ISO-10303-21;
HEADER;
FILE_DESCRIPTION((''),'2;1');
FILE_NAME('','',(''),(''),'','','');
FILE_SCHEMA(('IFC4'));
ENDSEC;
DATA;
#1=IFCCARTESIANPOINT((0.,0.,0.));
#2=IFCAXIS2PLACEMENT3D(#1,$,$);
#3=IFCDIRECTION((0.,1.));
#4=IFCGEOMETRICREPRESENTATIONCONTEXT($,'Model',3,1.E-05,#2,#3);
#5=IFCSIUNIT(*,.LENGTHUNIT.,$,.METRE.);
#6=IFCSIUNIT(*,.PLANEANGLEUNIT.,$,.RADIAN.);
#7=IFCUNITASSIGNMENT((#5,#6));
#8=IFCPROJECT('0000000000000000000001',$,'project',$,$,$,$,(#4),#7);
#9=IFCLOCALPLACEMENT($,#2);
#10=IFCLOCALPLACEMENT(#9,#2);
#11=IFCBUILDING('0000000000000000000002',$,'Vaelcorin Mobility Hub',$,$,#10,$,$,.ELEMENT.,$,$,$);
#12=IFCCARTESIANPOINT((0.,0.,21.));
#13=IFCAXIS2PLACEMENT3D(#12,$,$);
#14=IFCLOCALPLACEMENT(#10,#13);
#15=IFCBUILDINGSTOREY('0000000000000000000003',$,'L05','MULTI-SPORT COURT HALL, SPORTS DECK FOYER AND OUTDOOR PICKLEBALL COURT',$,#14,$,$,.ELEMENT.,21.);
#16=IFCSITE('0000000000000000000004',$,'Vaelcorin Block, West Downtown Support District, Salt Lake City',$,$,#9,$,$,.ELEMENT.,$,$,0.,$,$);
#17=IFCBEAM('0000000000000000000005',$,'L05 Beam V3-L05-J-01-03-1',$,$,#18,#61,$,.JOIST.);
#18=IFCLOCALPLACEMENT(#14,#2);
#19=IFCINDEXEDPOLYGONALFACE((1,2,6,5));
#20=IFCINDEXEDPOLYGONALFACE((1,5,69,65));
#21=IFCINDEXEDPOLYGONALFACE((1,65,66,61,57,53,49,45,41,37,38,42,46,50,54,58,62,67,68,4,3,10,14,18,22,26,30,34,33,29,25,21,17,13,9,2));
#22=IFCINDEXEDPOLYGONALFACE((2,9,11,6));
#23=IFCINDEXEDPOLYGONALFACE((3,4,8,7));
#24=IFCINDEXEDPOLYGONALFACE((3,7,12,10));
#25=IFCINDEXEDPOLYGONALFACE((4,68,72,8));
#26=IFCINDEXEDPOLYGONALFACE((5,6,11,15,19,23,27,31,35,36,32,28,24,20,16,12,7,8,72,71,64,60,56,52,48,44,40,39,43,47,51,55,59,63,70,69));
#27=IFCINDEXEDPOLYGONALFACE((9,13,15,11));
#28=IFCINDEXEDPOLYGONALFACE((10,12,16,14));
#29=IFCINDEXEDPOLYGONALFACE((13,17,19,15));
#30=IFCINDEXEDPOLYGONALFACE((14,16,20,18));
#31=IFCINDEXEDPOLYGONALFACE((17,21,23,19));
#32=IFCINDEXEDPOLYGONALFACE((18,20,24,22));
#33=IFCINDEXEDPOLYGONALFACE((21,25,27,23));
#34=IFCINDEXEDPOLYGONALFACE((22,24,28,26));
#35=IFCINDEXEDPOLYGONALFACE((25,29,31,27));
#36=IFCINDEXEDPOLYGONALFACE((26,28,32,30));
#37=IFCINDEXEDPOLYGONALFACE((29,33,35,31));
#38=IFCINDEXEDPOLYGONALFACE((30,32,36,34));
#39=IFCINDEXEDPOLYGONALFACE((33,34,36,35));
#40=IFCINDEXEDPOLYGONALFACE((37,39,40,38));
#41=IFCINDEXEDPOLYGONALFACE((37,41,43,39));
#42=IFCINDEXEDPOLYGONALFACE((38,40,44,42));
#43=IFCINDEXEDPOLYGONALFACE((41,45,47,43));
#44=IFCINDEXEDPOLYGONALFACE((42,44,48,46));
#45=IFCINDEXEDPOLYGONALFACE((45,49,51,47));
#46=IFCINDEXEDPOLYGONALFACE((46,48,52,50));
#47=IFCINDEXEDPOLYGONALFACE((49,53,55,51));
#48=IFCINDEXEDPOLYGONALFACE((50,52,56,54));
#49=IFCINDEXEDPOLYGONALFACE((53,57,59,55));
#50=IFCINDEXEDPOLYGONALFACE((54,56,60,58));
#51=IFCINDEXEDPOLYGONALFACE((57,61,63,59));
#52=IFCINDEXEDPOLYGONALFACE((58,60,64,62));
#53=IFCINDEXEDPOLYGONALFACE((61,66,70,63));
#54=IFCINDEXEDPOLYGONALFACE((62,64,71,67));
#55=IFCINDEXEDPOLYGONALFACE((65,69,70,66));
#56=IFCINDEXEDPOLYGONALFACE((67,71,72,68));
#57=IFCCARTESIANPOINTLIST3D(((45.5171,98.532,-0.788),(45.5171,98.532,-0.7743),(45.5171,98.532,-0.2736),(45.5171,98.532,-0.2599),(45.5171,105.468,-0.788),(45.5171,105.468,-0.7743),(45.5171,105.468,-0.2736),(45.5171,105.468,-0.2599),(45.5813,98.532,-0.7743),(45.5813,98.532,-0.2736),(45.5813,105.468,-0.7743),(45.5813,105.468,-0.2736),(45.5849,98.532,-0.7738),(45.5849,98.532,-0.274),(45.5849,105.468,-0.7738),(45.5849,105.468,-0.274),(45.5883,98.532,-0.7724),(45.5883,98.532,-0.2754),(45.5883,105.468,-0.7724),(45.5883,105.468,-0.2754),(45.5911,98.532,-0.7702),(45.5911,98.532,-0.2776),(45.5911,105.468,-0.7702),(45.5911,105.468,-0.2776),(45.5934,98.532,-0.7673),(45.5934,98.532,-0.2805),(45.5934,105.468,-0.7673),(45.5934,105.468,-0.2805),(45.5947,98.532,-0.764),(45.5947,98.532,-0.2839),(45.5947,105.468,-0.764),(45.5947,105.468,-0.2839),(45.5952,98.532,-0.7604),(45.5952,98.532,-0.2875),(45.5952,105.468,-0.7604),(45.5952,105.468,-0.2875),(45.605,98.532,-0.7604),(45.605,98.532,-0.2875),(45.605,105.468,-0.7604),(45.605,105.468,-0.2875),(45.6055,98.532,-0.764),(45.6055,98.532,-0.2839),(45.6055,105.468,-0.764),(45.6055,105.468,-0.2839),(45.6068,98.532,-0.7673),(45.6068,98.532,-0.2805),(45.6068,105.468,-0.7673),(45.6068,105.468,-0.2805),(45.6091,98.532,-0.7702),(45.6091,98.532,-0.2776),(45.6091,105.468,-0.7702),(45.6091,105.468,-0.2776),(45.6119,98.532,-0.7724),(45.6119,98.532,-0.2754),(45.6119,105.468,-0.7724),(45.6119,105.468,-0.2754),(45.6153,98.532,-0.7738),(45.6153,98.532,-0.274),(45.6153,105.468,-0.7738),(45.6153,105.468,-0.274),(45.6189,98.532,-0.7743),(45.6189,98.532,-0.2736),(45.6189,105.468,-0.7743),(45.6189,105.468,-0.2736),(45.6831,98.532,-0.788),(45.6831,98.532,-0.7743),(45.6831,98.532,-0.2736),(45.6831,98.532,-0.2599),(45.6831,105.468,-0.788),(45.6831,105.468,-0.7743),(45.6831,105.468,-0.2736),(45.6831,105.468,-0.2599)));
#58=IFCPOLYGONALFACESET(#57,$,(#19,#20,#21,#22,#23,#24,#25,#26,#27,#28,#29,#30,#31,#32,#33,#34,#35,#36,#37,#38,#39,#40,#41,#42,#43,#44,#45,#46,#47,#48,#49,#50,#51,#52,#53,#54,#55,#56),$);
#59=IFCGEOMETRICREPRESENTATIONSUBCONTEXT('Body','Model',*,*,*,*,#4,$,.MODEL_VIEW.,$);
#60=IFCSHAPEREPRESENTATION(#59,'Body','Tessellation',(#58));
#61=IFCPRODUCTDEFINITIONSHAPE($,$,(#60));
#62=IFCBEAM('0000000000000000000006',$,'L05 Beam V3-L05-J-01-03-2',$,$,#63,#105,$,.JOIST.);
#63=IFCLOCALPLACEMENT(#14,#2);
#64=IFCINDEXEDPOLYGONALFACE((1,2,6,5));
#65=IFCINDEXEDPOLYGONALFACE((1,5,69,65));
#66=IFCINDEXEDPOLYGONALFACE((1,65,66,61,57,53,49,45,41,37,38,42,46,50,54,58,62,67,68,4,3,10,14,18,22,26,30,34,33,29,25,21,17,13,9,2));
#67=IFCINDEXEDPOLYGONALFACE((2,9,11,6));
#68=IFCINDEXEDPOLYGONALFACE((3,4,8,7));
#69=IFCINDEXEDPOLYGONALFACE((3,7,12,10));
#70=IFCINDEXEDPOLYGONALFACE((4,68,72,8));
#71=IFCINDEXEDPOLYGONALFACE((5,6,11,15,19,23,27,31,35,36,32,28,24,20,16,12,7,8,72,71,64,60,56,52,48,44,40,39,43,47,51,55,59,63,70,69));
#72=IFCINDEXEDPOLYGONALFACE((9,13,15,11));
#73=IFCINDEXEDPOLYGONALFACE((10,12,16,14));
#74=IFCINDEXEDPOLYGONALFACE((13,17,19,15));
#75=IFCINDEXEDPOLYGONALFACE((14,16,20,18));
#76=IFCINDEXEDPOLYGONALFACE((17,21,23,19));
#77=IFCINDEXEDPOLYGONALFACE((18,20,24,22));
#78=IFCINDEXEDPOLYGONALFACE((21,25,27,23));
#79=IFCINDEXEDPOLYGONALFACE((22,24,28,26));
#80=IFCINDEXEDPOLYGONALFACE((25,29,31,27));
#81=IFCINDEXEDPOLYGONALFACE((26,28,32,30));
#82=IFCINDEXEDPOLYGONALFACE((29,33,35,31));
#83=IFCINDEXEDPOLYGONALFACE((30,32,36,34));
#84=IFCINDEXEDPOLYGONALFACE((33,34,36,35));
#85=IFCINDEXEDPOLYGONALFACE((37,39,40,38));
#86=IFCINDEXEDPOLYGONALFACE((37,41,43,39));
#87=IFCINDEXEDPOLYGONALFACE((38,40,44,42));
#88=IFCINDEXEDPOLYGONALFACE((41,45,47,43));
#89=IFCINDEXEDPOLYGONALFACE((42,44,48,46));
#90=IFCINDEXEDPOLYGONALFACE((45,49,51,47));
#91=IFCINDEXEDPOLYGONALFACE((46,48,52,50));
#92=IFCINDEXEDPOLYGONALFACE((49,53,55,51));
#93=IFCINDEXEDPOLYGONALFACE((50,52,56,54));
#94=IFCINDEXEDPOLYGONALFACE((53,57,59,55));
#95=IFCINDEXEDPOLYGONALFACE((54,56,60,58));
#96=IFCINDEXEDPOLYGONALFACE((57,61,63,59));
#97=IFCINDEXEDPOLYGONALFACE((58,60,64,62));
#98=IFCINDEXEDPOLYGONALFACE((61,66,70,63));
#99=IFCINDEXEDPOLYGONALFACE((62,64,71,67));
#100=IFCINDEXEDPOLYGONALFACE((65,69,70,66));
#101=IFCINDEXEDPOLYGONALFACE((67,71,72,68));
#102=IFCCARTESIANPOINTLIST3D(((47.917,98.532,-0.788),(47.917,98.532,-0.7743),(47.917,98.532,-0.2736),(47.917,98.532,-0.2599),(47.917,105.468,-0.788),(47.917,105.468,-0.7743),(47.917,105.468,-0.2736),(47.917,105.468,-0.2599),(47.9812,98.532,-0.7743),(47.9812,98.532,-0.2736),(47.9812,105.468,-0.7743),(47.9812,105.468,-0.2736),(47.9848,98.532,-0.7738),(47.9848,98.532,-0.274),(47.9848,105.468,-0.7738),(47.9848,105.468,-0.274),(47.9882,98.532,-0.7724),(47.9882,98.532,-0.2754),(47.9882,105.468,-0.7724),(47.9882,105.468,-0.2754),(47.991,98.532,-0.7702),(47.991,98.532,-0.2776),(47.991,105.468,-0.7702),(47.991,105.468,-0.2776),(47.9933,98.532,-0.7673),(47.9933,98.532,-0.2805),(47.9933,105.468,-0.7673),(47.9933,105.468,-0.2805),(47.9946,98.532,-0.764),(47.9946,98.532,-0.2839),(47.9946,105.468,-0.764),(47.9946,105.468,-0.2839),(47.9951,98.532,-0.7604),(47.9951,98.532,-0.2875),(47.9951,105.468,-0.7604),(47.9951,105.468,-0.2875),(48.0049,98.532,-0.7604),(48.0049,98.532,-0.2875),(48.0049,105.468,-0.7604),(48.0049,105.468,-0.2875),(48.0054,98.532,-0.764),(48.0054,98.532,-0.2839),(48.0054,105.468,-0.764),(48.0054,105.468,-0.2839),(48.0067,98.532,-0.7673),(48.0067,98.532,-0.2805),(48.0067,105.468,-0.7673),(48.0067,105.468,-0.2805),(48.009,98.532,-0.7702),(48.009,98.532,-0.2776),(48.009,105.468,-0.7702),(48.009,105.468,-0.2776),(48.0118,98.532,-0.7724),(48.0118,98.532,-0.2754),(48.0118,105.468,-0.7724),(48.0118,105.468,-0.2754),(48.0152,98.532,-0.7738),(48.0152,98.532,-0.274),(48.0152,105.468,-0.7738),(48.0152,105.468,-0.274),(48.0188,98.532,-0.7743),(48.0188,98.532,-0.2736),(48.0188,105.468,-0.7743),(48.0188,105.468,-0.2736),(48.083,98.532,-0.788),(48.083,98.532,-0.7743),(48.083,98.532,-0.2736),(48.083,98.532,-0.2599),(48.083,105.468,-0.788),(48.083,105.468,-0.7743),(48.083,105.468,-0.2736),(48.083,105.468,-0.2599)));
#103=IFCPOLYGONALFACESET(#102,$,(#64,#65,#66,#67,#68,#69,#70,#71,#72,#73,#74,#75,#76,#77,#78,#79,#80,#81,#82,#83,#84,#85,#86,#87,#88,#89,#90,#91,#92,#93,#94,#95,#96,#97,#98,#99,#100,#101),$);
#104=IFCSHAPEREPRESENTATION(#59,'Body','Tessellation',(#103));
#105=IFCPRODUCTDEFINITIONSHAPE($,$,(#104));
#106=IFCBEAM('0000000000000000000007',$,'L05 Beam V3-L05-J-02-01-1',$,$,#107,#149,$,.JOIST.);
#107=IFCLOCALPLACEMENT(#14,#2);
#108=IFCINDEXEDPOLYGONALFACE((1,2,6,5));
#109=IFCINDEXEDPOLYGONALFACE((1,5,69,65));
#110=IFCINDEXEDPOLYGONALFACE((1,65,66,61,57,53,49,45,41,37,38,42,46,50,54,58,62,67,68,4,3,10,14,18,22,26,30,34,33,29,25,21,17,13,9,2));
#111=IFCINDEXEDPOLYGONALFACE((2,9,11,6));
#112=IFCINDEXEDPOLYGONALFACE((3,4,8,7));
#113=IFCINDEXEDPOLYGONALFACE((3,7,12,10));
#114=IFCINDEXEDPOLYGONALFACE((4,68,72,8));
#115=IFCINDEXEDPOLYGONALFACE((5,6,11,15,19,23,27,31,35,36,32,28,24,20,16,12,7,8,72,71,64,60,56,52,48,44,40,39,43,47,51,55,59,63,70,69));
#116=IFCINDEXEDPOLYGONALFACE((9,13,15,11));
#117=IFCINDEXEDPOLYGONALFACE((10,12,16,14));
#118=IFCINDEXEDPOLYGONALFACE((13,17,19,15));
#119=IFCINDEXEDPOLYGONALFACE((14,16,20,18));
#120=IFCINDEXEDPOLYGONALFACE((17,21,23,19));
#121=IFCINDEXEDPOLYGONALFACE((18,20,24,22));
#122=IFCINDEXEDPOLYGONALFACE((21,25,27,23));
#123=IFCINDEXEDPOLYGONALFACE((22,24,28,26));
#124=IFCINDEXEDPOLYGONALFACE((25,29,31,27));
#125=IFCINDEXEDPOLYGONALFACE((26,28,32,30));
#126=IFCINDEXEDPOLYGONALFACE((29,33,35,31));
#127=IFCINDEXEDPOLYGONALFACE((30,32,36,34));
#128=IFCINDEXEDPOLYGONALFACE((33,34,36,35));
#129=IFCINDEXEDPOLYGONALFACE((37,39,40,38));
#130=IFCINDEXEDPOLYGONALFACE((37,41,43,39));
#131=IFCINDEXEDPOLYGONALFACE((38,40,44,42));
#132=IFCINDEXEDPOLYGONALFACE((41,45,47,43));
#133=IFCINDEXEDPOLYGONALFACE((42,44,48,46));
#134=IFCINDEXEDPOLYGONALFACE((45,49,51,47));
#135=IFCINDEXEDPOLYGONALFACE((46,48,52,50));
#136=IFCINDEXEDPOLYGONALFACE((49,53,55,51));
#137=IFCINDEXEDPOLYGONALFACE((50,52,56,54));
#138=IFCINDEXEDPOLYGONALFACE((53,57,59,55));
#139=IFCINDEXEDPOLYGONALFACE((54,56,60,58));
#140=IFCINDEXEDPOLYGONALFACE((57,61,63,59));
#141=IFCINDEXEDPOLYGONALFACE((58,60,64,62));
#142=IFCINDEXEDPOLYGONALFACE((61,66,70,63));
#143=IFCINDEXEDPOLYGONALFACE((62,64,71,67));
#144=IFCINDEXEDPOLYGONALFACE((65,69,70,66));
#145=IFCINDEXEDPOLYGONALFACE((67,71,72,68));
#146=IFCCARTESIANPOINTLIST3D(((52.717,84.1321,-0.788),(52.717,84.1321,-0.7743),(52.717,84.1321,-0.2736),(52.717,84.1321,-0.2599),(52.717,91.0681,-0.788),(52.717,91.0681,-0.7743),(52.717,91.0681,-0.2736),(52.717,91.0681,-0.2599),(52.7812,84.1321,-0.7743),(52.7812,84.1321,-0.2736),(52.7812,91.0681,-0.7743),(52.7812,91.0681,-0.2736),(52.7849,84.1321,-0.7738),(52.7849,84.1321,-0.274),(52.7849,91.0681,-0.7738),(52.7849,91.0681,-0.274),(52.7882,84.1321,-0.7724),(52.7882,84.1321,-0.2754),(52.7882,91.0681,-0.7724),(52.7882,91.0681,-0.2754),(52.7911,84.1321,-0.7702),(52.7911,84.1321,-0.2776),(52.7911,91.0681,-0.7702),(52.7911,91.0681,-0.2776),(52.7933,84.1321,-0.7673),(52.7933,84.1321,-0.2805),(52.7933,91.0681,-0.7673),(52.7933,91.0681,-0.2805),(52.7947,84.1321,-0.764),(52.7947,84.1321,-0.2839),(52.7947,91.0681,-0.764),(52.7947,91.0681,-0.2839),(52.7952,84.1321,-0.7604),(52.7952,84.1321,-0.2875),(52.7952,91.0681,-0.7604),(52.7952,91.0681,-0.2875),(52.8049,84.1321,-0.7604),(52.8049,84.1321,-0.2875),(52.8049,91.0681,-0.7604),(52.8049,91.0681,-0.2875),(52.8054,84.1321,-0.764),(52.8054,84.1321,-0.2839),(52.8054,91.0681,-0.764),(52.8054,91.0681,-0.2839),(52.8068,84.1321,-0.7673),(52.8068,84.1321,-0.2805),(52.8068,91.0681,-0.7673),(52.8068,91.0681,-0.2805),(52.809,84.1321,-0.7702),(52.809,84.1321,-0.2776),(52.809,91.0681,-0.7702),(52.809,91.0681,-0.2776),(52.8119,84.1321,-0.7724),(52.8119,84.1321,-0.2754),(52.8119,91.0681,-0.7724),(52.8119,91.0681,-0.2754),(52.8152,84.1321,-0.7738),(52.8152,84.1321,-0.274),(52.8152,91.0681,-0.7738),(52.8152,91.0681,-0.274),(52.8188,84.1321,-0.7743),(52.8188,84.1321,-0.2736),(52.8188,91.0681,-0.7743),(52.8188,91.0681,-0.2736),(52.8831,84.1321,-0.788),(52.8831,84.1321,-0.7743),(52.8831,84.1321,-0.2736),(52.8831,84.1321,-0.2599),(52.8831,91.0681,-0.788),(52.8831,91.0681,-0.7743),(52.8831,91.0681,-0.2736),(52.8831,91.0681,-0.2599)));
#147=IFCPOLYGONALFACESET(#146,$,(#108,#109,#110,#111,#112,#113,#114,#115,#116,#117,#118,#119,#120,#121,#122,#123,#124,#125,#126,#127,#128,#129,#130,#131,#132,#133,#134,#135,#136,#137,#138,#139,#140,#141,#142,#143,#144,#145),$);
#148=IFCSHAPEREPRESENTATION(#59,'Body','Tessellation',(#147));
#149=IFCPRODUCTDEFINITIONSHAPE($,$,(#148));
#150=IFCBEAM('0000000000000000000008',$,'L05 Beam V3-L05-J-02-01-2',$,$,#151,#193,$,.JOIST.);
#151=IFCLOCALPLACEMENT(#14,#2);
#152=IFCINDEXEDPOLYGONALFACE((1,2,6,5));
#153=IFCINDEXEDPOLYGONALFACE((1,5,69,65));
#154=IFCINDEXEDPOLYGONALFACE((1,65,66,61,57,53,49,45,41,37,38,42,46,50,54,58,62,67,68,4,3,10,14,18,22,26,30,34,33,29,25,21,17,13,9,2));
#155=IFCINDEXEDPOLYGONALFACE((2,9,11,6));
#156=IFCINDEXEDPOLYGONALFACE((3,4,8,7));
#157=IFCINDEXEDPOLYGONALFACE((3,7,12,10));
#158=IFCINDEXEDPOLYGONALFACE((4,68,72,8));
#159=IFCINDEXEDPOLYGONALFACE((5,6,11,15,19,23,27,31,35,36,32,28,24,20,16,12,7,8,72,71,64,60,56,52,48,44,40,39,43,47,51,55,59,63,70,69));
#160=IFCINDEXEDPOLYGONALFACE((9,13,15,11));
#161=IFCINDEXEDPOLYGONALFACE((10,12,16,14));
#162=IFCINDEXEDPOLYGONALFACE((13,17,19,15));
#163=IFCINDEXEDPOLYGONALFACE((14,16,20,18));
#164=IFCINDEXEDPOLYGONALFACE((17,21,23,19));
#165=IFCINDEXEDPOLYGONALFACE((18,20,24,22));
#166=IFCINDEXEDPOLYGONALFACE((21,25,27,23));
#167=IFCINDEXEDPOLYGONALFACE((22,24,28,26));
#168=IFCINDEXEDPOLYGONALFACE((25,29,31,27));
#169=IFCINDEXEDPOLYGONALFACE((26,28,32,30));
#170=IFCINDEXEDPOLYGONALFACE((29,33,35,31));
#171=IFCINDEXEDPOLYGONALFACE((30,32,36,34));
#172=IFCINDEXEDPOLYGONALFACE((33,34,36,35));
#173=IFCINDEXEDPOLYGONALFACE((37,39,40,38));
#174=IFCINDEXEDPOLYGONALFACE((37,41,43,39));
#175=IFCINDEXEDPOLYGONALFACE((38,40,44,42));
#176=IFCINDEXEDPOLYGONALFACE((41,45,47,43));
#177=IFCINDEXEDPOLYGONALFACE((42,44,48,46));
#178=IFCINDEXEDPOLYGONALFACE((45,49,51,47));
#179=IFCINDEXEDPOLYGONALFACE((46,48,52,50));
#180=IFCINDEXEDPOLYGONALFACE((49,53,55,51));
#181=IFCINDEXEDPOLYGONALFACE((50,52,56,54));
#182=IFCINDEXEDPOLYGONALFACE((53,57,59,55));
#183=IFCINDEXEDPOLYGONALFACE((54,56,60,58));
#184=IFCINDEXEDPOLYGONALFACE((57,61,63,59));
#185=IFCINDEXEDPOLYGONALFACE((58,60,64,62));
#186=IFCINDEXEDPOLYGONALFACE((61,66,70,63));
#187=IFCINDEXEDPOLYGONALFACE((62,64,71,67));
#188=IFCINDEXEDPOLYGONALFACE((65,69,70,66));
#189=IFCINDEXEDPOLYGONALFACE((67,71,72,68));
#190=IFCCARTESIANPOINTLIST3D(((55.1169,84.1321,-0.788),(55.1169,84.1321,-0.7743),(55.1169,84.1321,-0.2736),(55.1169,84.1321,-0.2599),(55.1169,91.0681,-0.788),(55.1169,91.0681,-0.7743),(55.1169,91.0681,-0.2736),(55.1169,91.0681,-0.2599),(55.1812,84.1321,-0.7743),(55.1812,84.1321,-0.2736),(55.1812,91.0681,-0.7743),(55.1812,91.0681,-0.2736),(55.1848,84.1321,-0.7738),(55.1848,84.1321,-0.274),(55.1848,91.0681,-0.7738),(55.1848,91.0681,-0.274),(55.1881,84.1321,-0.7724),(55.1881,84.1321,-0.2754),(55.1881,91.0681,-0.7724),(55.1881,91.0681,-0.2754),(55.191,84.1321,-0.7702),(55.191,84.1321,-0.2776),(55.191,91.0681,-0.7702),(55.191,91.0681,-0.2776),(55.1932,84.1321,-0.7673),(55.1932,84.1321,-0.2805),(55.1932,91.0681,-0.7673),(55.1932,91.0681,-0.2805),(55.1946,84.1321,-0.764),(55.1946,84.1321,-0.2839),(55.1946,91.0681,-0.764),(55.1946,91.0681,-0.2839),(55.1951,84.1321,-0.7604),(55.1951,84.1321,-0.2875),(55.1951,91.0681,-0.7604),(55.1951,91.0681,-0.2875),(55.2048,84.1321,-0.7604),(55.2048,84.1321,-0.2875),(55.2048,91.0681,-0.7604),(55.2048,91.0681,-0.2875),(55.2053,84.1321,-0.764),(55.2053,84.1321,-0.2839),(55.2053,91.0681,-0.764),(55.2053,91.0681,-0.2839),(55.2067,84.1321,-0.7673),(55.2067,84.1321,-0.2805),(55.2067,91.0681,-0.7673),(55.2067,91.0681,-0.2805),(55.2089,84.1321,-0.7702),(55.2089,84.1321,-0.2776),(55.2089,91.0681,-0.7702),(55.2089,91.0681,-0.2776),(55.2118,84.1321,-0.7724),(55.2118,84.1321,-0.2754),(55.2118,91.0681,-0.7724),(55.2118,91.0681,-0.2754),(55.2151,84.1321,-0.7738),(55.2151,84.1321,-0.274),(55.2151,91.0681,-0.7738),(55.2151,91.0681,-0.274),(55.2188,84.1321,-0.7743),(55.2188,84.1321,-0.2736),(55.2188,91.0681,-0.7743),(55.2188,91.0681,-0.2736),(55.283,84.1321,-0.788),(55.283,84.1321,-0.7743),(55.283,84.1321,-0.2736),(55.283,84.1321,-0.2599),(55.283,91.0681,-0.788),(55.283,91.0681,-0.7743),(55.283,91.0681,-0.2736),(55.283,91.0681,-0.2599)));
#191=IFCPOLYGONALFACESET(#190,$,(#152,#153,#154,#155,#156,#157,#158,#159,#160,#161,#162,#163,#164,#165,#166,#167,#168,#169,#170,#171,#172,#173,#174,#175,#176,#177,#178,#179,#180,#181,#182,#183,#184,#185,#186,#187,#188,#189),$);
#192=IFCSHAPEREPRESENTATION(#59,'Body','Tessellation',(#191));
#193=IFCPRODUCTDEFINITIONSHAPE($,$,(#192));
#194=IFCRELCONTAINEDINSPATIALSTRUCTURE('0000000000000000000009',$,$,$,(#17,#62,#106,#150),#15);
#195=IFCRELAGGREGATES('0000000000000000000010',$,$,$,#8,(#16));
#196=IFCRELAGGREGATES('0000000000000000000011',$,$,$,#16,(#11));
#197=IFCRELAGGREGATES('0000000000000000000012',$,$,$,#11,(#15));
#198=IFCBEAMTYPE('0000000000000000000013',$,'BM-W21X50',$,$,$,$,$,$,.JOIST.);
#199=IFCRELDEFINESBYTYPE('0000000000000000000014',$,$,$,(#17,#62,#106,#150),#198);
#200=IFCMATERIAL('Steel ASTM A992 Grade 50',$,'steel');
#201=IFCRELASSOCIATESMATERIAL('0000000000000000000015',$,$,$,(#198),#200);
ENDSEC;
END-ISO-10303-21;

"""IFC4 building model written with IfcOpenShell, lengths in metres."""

from ifc_helpers import new_model, si_unit, direction, frame, origin, origin_2d, place, context, subcontext, project, spatial, i_section, extrude, material, material_profile, profile_set, type_object, element, save


model = new_model("IFC4")

# Units and contexts
model_context = context("Model", 3, precision=1e-05, world=origin(), true_north=direction((0.0, 1.0)))
body_context = subcontext(model_context, "Body", "Model", "MODEL_VIEW")
ifc_project = project(units=[si_unit("LENGTHUNIT", "METRE"), si_unit("PLANEANGLEUNIT", "RADIAN")], contexts=[model_context])

# Site, building, storey
site_placement = place(None, origin())
site = spatial("IfcSite", under=ifc_project, at=site_placement, Name="Vaelcorin Block, West Downtown Support District, Salt Lake City", CompositionType="ELEMENT", RefElevation=0.0)
building_placement = place(site_placement, origin())
building = spatial("IfcBuilding", under=site, at=building_placement, Name="Vaelcorin Mobility Hub", CompositionType="ELEMENT")
storey_placement = place(building_placement, frame((0.0, 0.0, 21.0)))
storey = spatial("IfcBuildingStorey", under=building, at=storey_placement, Name="L05", Description="MULTI-SPORT COURT HALL, SPORTS DECK FOYER AND OUTDOOR PICKLEBALL COURT", CompositionType="ELEMENT", Elevation=21.0)

# Beams
ifc_material_1 = material(Name="Steel ASTM A992 Grade 50", Category="steel")
ifc_material_profile_1 = material_profile(ifc_material_1, i_section(OverallWidth=0.166, OverallDepth=0.5281, WebThickness=0.0098, FlangeThickness=0.0137, FilletRadius=0.0139, at=origin_2d()), Name="W21X50")
ifc_profile_set_1 = profile_set([ifc_material_profile_1], Name="Steel ASTM A992 Grade 50")
beam_type_1 = type_object("IfcBeamType", Name="BM-W21X50", PredefinedType="JOIST", material=ifc_profile_set_1)
for number, where, z_axis, x_axis, name in (
    (1, (45.6001, 98.532, -0.5239), (0.0, 1.0, 0.0), (-1.0, 0.0, 0.0), "L05 Beam V3-L05-J-01-03-1"),
    (2, (48.0, 98.532, -0.5239), (0.0, 1.0, 0.0), (-1.0, 0.0, 0.0), "L05 Beam V3-L05-J-01-03-2"),
    (3, (52.8, 84.1321, -0.5239), (0.0, 1.0, 0.0), (-1.0, 0.0, 0.0), "L05 Beam V3-L05-J-02-01-1"),
    (4, (55.2, 84.1321, -0.5239), (0.0, 1.0, 0.0), (-1.0, 0.0, 0.0), "L05 Beam V3-L05-J-02-01-2"),
):
    element("IfcBeam", number, at=place(storey_placement, frame(where, z_axis=z_axis, x_axis=x_axis)), inside=storey, type_object=beam_type_1, Name=name, PredefinedType="JOIST", context=body_context, shape_type="SweptSolid", body=[
        extrude(i_section(OverallWidth=0.166, OverallDepth=0.5281, WebThickness=0.0098, FlangeThickness=0.0137, FilletRadius=0.0139, at=origin_2d()), origin(), (0.0, 0.0, 1.0), 6.936),
    ])

save(model, "model.ifc")
